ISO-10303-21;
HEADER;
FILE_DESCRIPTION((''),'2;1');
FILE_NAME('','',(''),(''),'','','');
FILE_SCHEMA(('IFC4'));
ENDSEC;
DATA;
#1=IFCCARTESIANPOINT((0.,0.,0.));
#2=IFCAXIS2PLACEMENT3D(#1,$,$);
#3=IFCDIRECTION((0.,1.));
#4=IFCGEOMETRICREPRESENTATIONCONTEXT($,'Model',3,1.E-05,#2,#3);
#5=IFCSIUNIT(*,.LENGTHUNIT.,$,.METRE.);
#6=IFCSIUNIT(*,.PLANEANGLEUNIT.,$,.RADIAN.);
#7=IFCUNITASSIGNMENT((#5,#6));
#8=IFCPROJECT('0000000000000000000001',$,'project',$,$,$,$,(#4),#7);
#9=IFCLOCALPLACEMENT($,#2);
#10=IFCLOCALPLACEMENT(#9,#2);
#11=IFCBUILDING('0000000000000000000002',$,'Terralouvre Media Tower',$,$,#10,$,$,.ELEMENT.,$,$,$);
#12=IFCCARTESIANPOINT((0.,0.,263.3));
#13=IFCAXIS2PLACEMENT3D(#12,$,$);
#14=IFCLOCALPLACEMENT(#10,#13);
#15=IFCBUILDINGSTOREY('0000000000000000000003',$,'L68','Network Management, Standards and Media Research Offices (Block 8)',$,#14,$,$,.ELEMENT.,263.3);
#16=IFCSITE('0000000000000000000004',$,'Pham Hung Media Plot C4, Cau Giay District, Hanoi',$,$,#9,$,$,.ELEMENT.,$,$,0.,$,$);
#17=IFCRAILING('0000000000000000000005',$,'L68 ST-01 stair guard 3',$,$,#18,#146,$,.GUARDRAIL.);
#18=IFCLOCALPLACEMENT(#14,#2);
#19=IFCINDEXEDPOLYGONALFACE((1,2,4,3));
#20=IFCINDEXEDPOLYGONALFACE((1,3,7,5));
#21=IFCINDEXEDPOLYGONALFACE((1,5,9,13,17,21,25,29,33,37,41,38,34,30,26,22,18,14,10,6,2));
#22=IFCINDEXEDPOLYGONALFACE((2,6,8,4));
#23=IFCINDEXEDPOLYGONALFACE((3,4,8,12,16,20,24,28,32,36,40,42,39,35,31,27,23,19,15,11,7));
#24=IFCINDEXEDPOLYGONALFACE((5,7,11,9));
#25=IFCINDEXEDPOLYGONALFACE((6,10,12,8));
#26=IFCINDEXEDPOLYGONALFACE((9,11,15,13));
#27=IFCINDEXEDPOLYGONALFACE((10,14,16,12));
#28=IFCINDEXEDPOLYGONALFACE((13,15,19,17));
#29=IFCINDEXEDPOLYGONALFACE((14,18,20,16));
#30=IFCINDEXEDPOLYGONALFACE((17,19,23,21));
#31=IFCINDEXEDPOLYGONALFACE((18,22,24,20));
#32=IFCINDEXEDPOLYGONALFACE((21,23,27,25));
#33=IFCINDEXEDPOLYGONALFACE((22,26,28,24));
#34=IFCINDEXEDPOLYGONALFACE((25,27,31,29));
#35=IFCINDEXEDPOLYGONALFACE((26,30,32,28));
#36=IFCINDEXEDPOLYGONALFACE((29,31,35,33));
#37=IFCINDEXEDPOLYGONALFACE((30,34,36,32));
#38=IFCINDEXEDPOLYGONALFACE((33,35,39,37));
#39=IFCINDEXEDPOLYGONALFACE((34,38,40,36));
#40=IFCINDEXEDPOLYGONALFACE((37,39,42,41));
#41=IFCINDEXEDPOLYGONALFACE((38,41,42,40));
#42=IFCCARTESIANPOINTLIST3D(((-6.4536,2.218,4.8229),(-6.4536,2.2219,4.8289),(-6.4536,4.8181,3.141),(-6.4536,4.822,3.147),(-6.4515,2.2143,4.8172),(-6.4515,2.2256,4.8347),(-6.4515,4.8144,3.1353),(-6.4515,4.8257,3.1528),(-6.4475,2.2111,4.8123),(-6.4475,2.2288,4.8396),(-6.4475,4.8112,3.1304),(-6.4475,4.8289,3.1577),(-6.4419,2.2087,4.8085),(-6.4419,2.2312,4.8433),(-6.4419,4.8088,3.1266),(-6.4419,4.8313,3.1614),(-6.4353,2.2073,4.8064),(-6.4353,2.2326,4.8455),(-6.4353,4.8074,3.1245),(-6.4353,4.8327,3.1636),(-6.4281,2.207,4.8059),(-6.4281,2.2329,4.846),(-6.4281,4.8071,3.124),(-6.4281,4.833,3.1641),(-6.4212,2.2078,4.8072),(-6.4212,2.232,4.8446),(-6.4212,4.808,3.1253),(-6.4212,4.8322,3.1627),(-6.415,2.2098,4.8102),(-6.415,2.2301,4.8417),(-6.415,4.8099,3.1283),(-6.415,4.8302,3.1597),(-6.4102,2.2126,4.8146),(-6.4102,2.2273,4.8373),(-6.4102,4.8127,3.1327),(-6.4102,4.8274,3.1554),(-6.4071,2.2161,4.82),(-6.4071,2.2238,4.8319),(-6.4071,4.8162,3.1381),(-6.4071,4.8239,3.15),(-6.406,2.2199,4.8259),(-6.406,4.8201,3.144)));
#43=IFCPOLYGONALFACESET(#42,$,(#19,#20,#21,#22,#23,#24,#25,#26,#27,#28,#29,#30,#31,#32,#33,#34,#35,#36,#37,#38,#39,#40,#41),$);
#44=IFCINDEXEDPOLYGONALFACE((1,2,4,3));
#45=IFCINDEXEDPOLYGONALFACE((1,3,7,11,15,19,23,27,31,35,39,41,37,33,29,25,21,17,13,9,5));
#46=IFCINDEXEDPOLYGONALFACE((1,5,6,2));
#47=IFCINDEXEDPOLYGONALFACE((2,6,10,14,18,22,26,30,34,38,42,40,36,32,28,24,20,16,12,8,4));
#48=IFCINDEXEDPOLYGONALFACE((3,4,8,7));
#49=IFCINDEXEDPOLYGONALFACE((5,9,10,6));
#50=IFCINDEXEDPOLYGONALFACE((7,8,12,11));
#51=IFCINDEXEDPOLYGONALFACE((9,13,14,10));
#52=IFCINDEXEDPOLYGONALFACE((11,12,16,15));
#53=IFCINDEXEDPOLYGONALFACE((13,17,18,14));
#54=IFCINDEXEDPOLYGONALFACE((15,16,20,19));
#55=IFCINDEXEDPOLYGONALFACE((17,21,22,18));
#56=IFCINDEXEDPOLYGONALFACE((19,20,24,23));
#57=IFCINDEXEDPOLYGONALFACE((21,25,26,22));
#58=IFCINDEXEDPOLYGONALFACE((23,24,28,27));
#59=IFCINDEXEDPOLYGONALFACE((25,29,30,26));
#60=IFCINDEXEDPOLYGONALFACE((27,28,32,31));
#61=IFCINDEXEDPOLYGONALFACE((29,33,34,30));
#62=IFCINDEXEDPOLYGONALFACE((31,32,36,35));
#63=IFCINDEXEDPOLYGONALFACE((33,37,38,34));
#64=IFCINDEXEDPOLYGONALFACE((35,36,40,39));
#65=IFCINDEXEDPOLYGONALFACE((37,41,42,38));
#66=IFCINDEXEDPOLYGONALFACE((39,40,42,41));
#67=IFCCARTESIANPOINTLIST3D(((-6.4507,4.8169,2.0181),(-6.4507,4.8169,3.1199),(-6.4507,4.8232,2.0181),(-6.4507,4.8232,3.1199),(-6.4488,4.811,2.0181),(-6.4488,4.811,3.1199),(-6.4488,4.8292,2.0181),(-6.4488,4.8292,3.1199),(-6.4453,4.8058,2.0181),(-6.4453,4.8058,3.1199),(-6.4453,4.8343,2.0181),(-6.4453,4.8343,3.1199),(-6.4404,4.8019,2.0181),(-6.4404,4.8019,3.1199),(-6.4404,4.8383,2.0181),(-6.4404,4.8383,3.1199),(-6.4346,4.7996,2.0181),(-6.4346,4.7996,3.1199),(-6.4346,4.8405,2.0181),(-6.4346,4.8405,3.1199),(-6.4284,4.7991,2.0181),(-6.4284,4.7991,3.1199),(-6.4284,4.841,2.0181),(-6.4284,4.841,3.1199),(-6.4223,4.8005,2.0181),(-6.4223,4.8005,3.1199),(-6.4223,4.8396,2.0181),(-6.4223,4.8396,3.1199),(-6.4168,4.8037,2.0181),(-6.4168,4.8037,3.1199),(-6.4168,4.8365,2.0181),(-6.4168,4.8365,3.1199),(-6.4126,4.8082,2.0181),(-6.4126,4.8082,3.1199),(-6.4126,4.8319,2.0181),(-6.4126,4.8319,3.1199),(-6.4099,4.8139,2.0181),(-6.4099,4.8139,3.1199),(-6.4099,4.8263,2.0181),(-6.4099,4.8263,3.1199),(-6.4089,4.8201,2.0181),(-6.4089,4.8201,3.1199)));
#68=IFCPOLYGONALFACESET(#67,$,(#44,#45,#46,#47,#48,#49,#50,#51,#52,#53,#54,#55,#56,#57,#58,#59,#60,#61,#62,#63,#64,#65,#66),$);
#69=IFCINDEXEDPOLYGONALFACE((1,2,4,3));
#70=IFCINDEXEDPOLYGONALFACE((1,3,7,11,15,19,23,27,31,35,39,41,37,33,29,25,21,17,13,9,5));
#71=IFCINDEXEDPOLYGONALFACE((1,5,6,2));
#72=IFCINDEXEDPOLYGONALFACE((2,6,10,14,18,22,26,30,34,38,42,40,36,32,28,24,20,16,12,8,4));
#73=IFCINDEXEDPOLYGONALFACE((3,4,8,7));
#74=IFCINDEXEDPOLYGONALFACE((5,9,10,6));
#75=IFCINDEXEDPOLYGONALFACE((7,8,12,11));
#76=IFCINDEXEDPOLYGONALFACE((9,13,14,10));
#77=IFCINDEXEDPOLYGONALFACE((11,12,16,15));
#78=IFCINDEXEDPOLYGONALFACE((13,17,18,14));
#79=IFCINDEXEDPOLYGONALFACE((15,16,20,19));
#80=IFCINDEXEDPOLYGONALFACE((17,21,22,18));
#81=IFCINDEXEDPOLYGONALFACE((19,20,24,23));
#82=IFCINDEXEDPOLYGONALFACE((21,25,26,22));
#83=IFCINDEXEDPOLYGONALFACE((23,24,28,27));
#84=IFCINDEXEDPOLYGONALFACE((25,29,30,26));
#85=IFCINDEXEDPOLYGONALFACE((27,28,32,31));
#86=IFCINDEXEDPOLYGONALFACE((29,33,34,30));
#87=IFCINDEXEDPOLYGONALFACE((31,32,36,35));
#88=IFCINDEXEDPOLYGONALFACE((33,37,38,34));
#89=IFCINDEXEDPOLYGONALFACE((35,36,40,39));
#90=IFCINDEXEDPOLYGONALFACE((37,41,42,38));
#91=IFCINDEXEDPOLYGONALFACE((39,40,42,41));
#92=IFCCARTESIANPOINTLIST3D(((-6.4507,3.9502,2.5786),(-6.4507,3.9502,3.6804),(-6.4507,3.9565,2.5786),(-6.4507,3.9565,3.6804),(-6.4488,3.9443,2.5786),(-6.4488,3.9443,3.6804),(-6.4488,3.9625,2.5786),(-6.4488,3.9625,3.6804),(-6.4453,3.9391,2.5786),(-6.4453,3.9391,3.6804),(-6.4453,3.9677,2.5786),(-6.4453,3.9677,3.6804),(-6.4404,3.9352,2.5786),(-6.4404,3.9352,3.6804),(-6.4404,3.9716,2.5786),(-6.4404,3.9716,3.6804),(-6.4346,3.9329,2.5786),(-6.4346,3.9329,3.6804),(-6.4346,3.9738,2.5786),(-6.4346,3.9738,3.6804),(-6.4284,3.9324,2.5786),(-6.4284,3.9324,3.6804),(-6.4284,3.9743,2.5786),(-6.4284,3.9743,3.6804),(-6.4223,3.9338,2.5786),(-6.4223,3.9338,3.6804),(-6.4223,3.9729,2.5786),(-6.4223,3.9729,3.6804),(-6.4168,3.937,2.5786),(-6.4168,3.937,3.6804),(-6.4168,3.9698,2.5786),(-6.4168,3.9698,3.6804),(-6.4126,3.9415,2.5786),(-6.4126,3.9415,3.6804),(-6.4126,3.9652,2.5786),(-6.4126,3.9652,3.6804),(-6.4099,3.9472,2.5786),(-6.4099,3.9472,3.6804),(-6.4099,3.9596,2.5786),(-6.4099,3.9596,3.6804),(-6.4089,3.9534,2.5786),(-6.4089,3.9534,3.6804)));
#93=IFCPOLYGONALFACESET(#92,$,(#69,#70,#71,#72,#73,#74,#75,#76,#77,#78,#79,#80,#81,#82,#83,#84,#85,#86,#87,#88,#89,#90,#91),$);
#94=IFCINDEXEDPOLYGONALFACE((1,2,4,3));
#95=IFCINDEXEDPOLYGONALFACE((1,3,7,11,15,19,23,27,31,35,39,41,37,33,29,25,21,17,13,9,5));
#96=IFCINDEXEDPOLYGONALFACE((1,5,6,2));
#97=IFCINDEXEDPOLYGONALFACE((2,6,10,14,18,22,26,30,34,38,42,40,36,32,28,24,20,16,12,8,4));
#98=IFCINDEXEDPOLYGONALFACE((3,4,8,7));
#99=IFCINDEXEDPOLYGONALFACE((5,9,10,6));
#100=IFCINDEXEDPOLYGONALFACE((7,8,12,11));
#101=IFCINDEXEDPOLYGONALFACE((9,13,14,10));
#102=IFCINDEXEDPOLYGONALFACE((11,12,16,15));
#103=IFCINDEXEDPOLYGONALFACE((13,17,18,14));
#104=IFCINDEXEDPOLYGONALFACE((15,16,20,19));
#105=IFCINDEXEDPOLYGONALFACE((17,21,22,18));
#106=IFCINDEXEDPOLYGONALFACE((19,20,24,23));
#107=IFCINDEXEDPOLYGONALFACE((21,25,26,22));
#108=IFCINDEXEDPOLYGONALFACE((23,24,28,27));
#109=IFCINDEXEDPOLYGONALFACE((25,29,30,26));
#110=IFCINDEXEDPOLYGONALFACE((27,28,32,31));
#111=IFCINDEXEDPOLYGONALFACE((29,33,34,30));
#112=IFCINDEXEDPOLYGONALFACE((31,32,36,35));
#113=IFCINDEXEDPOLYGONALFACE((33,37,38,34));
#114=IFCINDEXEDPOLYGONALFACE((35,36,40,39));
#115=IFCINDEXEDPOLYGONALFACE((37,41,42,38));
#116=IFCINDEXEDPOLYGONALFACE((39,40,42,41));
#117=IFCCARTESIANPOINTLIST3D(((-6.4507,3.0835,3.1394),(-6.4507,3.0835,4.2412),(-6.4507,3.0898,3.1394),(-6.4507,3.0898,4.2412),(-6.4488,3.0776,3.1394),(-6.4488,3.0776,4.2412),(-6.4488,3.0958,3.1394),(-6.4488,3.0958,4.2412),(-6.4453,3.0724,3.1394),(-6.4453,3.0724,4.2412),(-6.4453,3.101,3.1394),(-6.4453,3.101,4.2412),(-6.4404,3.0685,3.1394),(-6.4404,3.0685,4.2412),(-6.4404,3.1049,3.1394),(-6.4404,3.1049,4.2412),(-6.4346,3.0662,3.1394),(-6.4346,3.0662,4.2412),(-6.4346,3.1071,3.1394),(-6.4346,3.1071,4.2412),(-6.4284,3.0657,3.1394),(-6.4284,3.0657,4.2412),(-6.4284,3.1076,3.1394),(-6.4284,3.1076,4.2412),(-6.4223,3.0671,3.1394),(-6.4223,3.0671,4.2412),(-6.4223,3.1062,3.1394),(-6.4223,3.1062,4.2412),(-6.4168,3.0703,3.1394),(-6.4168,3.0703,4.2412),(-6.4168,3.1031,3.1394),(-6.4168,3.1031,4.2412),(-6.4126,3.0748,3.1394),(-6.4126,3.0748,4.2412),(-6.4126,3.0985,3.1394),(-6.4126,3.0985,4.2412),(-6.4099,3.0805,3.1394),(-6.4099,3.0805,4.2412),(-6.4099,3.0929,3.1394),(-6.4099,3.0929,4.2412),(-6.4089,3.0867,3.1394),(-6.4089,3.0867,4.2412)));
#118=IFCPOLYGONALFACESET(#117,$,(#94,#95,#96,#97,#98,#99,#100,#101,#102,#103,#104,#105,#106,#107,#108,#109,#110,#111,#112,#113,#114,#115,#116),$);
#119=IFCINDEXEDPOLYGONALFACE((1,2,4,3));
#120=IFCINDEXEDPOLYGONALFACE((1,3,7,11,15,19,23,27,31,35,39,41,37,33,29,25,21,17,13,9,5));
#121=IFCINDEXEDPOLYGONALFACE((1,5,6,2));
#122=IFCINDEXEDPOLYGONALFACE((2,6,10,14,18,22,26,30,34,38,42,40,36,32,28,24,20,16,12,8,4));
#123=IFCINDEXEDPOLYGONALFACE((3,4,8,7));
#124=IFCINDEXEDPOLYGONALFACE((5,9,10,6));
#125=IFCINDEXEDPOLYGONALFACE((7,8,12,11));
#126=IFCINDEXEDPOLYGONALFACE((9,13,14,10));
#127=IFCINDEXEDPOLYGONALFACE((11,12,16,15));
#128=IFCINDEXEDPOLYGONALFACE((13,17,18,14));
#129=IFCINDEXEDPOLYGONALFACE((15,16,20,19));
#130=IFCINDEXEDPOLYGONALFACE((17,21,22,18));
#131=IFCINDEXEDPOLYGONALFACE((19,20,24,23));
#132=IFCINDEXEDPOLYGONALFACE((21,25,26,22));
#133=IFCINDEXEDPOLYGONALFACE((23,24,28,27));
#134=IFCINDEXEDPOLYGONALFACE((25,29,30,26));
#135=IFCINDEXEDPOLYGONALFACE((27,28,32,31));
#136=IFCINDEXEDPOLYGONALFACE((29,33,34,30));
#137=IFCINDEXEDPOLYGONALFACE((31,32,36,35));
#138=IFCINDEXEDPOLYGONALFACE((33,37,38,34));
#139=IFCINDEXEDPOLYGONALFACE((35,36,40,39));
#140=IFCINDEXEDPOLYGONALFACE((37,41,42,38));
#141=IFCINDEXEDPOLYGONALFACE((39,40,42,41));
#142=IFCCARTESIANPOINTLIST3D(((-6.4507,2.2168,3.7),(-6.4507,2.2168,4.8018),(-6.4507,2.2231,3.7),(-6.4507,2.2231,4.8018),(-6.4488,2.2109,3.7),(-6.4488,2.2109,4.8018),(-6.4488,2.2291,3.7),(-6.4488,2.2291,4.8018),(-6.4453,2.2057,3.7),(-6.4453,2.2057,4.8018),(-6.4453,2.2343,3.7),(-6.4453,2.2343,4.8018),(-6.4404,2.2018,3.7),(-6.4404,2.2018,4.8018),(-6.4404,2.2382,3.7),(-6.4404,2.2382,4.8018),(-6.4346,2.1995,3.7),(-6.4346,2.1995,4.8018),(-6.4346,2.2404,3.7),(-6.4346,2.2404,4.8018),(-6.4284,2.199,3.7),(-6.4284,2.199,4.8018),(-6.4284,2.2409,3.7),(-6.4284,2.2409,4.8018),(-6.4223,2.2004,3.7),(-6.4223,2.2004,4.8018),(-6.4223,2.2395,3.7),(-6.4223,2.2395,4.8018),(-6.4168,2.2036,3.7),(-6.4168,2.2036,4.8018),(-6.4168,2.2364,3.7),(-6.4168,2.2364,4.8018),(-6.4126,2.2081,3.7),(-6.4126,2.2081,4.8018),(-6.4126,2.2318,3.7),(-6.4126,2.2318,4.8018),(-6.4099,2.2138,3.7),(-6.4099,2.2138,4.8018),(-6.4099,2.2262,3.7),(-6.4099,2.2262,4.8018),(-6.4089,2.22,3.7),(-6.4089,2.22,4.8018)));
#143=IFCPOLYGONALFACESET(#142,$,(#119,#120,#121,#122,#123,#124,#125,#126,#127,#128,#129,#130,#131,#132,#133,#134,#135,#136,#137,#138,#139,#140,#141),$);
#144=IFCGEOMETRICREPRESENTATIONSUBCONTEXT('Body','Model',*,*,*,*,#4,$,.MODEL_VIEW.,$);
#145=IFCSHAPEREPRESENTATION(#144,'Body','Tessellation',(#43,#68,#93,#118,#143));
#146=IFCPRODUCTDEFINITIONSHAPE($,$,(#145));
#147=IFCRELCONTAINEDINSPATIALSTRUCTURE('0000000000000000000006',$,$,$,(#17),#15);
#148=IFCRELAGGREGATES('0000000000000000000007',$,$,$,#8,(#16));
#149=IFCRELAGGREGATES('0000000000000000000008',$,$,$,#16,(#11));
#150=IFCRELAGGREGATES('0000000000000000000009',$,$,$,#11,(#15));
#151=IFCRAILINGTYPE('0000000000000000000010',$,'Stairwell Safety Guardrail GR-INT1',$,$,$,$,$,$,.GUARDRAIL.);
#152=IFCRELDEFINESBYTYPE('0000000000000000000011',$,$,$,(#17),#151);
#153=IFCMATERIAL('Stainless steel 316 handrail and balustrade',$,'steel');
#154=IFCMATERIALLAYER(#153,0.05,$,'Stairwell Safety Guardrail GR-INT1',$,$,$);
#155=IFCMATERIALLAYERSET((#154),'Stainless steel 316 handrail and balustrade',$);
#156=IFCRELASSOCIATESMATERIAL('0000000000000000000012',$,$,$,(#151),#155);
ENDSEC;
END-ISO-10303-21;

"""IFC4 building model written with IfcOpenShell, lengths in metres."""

from ifc_helpers import new_model, si_unit, direction, frame, origin, origin_2d, place, context, subcontext, project, spatial, circle, extrude, material, layer, layer_set, type_object, element, save


model = new_model("IFC4")

# Units and contexts
model_context = context("Model", 3, precision=1e-05, world=origin(), true_north=direction((0.0, 1.0)))
body_context = subcontext(model_context, "Body", "Model", "MODEL_VIEW")
ifc_project = project(units=[si_unit("LENGTHUNIT", "METRE"), si_unit("PLANEANGLEUNIT", "RADIAN")], contexts=[model_context])

# Site, building, storey
site_placement = place(None, origin())
site = spatial("IfcSite", under=ifc_project, at=site_placement, Name="Pham Hung Media Plot C4, Cau Giay District, Hanoi", CompositionType="ELEMENT", RefElevation=0.0)
building_placement = place(site_placement, origin())
building = spatial("IfcBuilding", under=site, at=building_placement, Name="Terralouvre Media Tower", CompositionType="ELEMENT")
storey_placement = place(building_placement, frame((0.0, 0.0, 263.3)))
storey = spatial("IfcBuildingStorey", under=building, at=storey_placement, Name="L68", Description="Network Management, Standards and Media Research Offices (Block 8)", CompositionType="ELEMENT", Elevation=263.3)

# Railing
ifc_material_1 = material(Name="Stainless steel 316 handrail and balustrade", Category="steel")
ifc_layer_1 = layer(ifc_material_1, 0.05, Name="Stairwell Safety Guardrail GR-INT1")
ifc_layer_set_1 = layer_set([ifc_layer_1], Name="Stainless steel 316 handrail and balustrade")
railing_type_1 = type_object("IfcRailingType", Name="Stairwell Safety Guardrail GR-INT1", PredefinedType="GUARDRAIL", material=ifc_layer_set_1)
railing_1_placement = place(storey_placement, frame((-6.4299, 4.8201, 2.0181)))
element("IfcRailing", 1, at=railing_1_placement, inside=storey, type_object=railing_type_1, Name="L68 ST-01 stair guard 3", PredefinedType="GUARDRAIL", context=body_context, shape_type="SweptSolid", body=[
    extrude(circle(Radius=0.0239, at=origin_2d()), frame((0.0, 0.0, 1.126), z_axis=(0.0, -0.839648, 0.54313), x_axis=(1.0, 0.0, 0.0)), (0.0, 0.0, 1.0), 3.0967),
    extrude(circle(Radius=0.021, at=origin_2d()), origin(), (0.0, 0.0, 1.0), 1.1018),
    extrude(circle(Radius=0.021, at=origin_2d()), frame((0.0, -0.8667, 0.5605)), (0.0, 0.0, 1.0), 1.1018),
    extrude(circle(Radius=0.021, at=origin_2d()), frame((0.0, -1.7334, 1.1213)), (0.0, 0.0, 1.0), 1.1018),
    extrude(circle(Radius=0.021, at=origin_2d()), frame((0.0, -2.6001, 1.6819)), (0.0, 0.0, 1.0), 1.1018),
])

save(model, "model.ifc")
